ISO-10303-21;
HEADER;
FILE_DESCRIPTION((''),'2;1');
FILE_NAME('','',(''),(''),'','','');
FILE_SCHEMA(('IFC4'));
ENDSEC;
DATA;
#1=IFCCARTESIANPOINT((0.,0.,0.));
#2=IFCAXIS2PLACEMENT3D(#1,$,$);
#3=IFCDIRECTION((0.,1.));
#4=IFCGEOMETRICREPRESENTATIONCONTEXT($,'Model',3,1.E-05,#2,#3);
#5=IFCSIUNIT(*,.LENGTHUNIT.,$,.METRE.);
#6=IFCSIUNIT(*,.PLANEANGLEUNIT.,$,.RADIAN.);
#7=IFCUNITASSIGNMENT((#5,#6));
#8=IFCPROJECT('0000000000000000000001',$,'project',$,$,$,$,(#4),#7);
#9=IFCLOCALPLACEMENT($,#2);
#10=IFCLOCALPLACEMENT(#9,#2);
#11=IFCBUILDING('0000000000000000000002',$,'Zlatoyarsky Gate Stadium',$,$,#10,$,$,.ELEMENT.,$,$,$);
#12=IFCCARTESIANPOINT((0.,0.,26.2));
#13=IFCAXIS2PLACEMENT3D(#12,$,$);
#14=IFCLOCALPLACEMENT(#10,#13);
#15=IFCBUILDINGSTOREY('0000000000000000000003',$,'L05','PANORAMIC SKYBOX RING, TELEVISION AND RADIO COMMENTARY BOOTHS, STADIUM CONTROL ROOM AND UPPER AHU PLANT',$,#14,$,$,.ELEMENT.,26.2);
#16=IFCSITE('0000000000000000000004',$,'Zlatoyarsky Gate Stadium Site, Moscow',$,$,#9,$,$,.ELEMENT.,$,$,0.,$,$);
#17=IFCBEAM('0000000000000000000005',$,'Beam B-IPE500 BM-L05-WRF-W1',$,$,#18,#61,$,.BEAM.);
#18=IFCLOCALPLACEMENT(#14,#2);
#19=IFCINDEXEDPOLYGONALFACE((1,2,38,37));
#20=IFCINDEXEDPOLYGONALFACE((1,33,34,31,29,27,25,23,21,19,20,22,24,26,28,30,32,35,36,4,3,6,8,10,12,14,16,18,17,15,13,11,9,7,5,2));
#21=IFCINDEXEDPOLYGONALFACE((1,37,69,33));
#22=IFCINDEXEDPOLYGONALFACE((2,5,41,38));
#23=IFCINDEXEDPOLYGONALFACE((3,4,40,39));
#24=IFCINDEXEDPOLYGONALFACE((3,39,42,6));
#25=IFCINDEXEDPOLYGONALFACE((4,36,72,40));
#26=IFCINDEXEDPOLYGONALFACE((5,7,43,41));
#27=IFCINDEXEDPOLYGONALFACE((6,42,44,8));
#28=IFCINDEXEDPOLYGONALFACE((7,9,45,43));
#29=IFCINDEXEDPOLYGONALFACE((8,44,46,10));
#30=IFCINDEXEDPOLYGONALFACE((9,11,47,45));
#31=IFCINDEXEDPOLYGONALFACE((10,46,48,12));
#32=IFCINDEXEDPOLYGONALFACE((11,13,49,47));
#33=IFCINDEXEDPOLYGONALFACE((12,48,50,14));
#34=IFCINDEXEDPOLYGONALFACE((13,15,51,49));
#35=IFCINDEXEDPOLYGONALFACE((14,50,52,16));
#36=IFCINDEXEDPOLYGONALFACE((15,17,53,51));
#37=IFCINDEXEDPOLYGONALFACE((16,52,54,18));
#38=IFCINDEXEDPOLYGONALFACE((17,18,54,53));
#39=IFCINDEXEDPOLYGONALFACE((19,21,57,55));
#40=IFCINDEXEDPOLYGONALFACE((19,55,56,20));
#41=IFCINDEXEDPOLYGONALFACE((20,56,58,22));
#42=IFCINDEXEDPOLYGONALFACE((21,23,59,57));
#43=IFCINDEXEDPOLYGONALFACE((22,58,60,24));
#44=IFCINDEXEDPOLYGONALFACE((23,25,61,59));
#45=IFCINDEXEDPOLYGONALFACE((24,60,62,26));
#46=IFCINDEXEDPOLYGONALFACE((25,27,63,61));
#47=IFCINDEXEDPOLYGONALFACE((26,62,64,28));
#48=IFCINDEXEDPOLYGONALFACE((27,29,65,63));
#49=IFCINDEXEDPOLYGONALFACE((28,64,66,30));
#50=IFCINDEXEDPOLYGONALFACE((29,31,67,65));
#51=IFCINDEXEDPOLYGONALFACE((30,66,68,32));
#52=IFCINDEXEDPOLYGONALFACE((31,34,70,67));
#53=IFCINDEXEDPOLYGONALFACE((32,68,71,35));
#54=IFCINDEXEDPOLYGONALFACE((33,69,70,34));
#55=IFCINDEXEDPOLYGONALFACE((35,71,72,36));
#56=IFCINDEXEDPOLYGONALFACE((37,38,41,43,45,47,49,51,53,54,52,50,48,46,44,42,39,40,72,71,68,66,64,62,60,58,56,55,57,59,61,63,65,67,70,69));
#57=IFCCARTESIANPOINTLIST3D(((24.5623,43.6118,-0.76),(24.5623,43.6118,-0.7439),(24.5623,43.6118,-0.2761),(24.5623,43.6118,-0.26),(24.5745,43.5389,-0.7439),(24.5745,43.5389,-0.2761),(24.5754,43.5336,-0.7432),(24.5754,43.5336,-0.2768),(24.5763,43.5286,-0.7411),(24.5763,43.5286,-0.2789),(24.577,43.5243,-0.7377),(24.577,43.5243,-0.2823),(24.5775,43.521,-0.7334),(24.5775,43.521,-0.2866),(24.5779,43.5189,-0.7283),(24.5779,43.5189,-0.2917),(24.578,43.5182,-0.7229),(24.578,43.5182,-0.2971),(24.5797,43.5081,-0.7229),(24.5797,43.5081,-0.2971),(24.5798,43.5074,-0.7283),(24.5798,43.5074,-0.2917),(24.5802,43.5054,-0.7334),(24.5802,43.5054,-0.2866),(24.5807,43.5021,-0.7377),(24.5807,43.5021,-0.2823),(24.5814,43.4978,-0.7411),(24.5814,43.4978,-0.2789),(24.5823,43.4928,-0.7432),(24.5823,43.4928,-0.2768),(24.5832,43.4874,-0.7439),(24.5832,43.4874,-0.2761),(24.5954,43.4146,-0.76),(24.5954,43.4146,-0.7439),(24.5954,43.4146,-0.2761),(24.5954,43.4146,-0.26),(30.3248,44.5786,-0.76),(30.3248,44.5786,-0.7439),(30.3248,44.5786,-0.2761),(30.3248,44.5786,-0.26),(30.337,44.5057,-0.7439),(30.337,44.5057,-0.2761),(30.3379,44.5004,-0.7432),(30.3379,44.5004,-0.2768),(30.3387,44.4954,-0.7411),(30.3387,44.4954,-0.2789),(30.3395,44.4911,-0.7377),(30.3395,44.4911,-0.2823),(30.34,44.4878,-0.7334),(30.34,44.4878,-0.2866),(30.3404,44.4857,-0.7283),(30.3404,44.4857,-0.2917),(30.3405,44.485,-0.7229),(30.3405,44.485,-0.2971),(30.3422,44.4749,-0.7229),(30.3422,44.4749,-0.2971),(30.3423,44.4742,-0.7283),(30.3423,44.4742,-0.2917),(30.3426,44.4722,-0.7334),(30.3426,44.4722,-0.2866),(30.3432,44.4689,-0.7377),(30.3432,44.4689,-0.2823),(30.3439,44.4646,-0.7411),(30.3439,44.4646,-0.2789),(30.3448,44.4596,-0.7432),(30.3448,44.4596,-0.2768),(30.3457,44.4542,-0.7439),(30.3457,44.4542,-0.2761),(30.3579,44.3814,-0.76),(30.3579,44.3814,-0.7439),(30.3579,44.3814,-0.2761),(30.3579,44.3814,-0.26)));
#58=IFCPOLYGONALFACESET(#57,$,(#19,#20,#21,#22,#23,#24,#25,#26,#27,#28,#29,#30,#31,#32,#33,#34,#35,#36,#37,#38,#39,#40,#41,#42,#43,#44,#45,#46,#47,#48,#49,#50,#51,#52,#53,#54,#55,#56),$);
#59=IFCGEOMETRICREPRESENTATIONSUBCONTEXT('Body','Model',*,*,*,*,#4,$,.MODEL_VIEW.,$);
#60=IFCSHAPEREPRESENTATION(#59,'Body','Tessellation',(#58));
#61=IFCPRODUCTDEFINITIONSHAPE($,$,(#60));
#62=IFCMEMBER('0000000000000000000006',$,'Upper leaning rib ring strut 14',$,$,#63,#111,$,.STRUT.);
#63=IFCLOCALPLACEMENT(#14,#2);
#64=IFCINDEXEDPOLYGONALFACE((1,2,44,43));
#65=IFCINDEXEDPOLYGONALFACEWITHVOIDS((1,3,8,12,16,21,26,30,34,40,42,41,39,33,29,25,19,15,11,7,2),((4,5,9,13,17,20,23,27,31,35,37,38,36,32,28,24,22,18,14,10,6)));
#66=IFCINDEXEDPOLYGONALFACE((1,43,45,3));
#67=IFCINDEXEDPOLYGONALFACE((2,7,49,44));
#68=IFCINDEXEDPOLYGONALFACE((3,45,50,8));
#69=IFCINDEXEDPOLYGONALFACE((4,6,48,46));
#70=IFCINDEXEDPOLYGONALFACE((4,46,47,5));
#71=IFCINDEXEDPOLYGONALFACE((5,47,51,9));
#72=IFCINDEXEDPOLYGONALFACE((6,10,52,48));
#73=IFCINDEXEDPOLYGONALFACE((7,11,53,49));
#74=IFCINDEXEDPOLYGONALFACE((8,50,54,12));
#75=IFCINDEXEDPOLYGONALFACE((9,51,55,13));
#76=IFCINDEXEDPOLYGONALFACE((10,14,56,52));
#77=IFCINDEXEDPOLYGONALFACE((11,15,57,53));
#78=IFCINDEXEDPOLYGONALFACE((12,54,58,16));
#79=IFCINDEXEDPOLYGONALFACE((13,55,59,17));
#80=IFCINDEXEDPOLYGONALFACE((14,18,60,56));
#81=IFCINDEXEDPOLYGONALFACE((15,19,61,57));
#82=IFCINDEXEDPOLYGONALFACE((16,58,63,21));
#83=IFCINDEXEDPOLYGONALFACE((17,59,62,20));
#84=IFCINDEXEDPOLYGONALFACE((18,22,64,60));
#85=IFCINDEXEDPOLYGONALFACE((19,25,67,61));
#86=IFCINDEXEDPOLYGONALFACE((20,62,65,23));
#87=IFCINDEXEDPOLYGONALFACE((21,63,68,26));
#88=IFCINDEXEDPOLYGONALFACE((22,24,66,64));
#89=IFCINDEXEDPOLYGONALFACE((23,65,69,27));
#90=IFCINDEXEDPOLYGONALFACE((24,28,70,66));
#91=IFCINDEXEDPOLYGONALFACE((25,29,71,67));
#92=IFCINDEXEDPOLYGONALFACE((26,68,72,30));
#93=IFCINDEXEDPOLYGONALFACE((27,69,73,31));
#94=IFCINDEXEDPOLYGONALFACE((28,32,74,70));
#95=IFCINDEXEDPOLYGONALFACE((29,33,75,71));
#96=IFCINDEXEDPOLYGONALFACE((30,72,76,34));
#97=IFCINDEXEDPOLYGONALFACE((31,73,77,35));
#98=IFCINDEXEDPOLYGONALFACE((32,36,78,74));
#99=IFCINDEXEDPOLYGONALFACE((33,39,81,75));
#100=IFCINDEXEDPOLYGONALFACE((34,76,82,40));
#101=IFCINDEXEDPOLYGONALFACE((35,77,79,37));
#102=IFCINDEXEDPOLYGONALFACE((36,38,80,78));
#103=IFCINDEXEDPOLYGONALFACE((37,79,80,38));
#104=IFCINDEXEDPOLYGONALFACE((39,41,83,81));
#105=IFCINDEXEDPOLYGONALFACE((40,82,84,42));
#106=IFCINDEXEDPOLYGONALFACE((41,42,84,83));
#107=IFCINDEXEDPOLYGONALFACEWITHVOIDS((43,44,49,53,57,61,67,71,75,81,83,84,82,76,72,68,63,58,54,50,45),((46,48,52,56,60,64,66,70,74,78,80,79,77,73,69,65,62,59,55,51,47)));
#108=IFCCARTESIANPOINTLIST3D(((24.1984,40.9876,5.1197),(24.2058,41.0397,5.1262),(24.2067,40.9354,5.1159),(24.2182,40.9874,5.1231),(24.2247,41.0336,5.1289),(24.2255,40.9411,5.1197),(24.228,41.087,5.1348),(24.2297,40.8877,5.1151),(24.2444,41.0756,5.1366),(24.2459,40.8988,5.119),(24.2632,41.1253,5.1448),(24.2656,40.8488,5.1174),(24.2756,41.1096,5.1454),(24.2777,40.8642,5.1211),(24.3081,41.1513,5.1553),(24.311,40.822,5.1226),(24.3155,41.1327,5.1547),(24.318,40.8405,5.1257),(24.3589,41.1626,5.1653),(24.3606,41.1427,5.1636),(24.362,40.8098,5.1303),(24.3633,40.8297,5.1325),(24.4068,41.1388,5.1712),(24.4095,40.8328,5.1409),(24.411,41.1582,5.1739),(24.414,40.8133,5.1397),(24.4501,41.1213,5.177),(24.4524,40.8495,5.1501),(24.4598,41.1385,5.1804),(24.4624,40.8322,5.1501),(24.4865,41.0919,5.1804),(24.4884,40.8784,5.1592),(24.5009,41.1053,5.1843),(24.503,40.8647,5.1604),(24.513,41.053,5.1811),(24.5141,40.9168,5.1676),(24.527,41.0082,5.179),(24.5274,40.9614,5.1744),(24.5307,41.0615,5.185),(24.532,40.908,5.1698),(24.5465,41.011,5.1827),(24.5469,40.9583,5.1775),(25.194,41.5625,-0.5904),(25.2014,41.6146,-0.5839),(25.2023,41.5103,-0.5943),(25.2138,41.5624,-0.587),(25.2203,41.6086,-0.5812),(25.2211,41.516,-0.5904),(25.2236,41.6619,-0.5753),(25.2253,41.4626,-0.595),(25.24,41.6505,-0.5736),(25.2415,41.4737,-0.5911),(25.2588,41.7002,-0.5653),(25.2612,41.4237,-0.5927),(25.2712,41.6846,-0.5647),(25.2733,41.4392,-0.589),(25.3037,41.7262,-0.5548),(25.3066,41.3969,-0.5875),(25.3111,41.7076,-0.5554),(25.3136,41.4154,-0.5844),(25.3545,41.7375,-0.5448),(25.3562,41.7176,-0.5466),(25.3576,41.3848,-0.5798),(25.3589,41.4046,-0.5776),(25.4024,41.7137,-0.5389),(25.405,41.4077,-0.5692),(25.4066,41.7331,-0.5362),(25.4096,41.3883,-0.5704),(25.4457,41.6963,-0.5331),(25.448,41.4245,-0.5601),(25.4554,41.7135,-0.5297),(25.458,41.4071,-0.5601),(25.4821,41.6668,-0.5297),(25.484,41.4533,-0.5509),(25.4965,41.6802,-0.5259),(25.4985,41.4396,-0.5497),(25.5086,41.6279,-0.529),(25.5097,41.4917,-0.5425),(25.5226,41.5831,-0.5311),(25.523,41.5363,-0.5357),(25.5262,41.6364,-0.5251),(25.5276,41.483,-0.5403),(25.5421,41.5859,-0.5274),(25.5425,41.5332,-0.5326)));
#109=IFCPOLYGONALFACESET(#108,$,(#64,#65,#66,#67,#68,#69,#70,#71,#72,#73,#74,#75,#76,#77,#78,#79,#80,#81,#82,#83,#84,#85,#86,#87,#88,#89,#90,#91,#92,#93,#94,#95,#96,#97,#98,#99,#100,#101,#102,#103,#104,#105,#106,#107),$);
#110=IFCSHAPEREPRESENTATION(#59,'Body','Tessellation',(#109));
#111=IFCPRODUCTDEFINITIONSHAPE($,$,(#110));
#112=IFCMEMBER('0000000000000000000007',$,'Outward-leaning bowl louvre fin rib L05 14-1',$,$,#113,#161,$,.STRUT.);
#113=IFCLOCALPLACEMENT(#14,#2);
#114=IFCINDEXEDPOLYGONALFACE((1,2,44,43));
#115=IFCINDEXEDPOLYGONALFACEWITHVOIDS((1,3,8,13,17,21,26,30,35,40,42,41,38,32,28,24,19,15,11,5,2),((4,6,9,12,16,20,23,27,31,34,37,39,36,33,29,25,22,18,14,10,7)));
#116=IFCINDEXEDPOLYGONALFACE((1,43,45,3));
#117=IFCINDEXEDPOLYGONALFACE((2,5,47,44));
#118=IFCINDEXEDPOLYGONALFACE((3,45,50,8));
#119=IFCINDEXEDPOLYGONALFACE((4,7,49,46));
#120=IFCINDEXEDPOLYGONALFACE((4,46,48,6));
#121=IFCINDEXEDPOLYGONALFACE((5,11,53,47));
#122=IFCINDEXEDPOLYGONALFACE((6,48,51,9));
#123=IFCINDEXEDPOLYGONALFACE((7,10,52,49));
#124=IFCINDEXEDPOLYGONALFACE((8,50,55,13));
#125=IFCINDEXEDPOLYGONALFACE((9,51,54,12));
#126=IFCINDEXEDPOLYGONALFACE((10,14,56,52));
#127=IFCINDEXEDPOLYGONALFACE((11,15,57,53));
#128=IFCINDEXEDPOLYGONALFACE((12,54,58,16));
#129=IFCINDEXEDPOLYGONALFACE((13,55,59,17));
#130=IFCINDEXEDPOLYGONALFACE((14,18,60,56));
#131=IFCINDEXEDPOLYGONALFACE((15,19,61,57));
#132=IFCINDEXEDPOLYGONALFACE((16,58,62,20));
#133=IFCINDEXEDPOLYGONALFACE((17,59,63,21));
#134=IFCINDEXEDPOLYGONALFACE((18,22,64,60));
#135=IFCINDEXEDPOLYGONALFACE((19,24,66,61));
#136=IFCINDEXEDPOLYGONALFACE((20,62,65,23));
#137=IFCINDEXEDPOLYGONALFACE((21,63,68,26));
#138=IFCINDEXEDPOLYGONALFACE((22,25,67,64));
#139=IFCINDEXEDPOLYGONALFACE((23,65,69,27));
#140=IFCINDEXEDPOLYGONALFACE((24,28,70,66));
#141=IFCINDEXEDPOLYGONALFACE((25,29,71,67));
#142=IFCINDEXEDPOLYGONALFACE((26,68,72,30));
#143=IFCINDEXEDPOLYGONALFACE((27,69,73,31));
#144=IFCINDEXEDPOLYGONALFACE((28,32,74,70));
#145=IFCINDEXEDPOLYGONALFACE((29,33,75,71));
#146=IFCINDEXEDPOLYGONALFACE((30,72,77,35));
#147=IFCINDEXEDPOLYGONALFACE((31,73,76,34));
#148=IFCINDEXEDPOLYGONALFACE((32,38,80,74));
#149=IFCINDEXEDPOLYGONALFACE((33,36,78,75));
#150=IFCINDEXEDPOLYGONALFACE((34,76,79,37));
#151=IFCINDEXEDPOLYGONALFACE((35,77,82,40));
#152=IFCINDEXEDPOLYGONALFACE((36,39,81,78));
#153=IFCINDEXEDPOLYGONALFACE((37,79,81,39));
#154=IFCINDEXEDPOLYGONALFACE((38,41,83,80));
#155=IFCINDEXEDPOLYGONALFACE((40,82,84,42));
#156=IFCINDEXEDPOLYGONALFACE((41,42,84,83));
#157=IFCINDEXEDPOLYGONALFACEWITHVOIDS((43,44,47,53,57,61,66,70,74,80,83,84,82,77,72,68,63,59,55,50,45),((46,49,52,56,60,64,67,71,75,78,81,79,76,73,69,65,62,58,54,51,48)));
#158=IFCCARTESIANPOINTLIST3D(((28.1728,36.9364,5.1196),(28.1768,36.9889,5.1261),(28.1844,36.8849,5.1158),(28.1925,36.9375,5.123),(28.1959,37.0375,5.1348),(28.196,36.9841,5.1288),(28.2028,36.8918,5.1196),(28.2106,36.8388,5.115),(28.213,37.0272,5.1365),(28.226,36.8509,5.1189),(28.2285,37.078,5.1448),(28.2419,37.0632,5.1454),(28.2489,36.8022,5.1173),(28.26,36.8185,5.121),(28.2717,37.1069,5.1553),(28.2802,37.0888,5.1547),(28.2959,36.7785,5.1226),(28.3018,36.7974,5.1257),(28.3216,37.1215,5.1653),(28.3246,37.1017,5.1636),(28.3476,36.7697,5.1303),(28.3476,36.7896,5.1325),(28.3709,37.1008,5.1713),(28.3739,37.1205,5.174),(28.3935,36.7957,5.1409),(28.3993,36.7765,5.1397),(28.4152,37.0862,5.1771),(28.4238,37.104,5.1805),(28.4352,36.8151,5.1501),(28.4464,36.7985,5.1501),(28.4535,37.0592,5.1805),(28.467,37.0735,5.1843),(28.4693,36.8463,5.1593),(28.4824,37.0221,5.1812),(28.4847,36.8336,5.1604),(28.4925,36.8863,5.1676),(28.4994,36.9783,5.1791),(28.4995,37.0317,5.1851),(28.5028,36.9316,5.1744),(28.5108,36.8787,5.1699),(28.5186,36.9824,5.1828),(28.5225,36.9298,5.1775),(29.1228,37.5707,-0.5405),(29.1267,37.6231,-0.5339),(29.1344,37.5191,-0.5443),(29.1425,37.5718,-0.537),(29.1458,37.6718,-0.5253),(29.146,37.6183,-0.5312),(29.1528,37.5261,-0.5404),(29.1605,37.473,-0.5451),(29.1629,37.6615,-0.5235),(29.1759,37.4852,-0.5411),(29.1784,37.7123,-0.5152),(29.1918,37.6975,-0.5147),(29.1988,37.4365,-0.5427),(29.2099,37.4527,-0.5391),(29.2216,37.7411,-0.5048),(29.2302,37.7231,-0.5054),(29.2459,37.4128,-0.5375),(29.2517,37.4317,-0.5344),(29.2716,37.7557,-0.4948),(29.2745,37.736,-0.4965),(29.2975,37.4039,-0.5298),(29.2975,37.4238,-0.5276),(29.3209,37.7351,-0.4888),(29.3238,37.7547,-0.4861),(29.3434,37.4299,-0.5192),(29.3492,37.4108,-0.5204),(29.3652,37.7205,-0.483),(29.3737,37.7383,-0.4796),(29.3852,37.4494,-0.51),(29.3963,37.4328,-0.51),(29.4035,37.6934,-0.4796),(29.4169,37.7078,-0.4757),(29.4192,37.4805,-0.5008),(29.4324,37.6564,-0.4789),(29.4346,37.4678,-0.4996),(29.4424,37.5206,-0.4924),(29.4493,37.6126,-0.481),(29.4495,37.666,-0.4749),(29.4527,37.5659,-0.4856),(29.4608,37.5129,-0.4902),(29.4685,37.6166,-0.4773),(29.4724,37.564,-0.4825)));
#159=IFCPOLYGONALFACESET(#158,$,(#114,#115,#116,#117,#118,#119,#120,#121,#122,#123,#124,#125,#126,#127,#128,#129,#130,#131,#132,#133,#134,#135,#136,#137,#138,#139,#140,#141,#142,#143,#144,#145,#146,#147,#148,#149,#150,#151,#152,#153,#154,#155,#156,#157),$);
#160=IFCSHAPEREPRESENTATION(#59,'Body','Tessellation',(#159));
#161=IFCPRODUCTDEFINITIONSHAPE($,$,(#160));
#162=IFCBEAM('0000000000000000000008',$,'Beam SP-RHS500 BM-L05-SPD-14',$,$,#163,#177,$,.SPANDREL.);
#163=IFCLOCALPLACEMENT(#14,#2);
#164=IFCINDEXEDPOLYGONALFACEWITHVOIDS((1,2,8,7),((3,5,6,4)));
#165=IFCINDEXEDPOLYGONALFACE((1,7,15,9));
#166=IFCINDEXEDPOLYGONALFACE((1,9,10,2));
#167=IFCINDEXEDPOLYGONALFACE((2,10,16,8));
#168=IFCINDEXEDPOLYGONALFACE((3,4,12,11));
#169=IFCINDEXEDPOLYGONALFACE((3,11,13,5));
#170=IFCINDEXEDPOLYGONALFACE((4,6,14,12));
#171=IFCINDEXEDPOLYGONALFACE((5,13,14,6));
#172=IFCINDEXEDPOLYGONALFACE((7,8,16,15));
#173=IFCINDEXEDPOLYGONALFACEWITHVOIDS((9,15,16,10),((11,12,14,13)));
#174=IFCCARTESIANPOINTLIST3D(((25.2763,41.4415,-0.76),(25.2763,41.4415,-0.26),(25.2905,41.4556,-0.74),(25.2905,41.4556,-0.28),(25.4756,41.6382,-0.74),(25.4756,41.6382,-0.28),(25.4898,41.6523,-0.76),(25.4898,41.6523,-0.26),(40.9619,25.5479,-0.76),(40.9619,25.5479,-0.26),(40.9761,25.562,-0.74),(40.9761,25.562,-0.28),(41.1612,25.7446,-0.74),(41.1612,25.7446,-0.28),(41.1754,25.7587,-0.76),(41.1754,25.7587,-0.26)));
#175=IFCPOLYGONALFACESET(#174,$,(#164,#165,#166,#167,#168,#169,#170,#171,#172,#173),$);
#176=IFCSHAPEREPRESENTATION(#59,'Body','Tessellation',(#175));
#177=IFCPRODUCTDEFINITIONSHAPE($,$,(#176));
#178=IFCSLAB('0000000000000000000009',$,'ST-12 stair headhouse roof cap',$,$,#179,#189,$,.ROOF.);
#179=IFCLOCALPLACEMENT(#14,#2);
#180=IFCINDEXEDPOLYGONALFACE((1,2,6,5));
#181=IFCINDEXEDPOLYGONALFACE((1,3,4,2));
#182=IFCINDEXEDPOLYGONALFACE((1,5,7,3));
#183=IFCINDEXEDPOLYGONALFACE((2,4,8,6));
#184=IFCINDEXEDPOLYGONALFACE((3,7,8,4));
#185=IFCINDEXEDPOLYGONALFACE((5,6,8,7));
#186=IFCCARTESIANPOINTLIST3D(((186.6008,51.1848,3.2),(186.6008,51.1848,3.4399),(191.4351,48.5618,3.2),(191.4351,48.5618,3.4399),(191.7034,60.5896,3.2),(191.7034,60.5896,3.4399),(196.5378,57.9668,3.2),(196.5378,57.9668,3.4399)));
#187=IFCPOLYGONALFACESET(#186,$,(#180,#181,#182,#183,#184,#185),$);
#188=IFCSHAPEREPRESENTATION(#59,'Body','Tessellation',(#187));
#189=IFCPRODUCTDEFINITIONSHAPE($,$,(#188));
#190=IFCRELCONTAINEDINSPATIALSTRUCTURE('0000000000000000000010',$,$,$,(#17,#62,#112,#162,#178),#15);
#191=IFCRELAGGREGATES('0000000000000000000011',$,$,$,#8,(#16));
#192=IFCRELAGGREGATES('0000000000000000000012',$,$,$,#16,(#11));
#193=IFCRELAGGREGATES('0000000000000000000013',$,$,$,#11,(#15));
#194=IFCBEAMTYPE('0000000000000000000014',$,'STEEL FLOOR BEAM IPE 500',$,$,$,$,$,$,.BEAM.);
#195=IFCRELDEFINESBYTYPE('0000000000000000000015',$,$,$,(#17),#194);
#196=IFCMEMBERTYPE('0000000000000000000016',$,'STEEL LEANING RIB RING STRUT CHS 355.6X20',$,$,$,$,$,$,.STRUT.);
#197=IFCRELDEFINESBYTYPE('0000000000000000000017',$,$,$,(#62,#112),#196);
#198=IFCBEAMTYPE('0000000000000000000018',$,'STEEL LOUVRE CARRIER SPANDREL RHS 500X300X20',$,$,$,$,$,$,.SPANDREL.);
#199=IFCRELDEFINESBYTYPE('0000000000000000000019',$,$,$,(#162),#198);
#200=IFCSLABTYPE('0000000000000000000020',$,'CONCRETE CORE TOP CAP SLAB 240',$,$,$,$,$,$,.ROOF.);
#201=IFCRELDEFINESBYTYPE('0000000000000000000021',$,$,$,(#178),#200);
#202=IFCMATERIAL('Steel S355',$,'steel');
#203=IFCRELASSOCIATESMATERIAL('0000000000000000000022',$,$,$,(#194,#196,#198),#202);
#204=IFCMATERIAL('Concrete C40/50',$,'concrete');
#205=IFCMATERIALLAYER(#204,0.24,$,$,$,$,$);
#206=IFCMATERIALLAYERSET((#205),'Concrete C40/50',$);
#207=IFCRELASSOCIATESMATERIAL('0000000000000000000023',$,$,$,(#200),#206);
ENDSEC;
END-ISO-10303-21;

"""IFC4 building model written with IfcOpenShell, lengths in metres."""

from ifc_helpers import new_model, si_unit, direction, frame, origin, origin_2d, place, context, subcontext, project, spatial, polyline, hollow_rectangle, hollow_circle, i_section, outline, extrude, material, layer, layer_set, material_profile, profile_set, type_object, element, save


model = new_model("IFC4")

# Units and contexts
model_context = context("Model", 3, precision=1e-05, world=origin(), true_north=direction((0.0, 1.0)))
body_context = subcontext(model_context, "Body", "Model", "MODEL_VIEW")
ifc_project = project(units=[si_unit("LENGTHUNIT", "METRE"), si_unit("PLANEANGLEUNIT", "RADIAN")], contexts=[model_context])

# Site, building, storey
site_placement = place(None, origin())
site = spatial("IfcSite", under=ifc_project, at=site_placement, Name="Zlatoyarsky Gate Stadium Site, Moscow", CompositionType="ELEMENT", RefElevation=0.0)
building_placement = place(site_placement, origin())
building = spatial("IfcBuilding", under=site, at=building_placement, Name="Zlatoyarsky Gate Stadium", CompositionType="ELEMENT")
storey_placement = place(building_placement, frame((0.0, 0.0, 26.2)))
storey = spatial("IfcBuildingStorey", under=building, at=storey_placement, Name="L05", Description="PANORAMIC SKYBOX RING, TELEVISION AND RADIO COMMENTARY BOOTHS, STADIUM CONTROL ROOM AND UPPER AHU PLANT", CompositionType="ELEMENT", Elevation=26.2)

# Beam
ifc_material_1 = material(Name="Steel S355", Category="steel")
ifc_material_profile_1 = material_profile(ifc_material_1, i_section(OverallWidth=0.2, OverallDepth=0.5, WebThickness=0.0103, FlangeThickness=0.0161, FilletRadius=0.021, at=origin_2d()), Name="IPE 500")
ifc_profile_set_1 = profile_set([ifc_material_profile_1], Name="Steel S355")
beam_type_1 = type_object("IfcBeamType", Name="STEEL FLOOR BEAM IPE 500", PredefinedType="BEAM", material=ifc_profile_set_1)
beam_1_placement = place(storey_placement, frame((24.5789, 43.5132, -0.51), z_axis=(0.986216, 0.165463, 0.0), x_axis=(-0.165463, 0.986216, 0.0)))
element("IfcBeam", 1, at=beam_1_placement, inside=storey, type_object=beam_type_1, Name="Beam B-IPE500 BM-L05-WRF-W1", PredefinedType="BEAM", context=body_context, shape_type="SweptSolid", body=[
    extrude(i_section(OverallWidth=0.2, OverallDepth=0.5, WebThickness=0.0103, FlangeThickness=0.0161, FilletRadius=0.021, at=origin_2d()), origin(), (0.0, 0.0, 1.0), 5.843),
])

# Members
ifc_material_profile_2 = material_profile(ifc_material_1, hollow_circle(Radius=0.1777, WallThickness=0.02, at=origin_2d()), Name="CHS 355.6X20")
ifc_profile_set_2 = profile_set([ifc_material_profile_2], Name="Steel S355")
member_type_1 = type_object("IfcMemberType", Name="STEEL LEANING RIB RING STRUT CHS 355.6X20", PredefinedType="STRUT", material=ifc_profile_set_2)
member_1_placement = place(storey_placement, frame((25.3691, 41.561, -0.5601), z_axis=(-0.170925, -0.098708, 0.980327), x_axis=(0.50009, -0.865973, 0.0)))
element("IfcMember", 2, at=member_1_placement, inside=storey, type_object=member_type_1, Name="Upper leaning rib ring strut 14", PredefinedType="STRUT", context=body_context, shape_type="SweptSolid", body=[
    extrude(hollow_circle(Radius=0.1777, WallThickness=0.02, at=origin_2d()), origin(), (0.0, 0.0, 1.0), 5.8247),
])
member_2_placement = place(storey_placement, frame((29.2976, 37.5806, -0.51), z_axis=(-0.164515, -0.109846, 0.980239), x_axis=(0.555292, -0.831655, 0.0)))
element("IfcMember", 3, at=member_2_placement, inside=storey, type_object=member_type_1, Name="Outward-leaning bowl louvre fin rib L05 14-1", PredefinedType="STRUT", context=body_context, shape_type="SweptSolid", body=[
    extrude(hollow_circle(Radius=0.1777, WallThickness=0.02, at=origin_2d()), origin(), (0.0, 0.0, 1.0), 5.7742),
])

# Beam
ifc_material_profile_3 = material_profile(ifc_material_1, hollow_rectangle(XDim=0.3, YDim=0.5, WallThickness=0.02, at=origin_2d()), Name="RHS 500X300X20")
ifc_profile_set_3 = profile_set([ifc_material_profile_3], Name="Steel S355")
beam_type_2 = type_object("IfcBeamType", Name="STEEL LOUVRE CARRIER SPANDREL RHS 500X300X20", PredefinedType="SPANDREL", material=ifc_profile_set_3)
beam_2_placement = place(storey_placement, frame((25.3831, 41.5469, -0.51), z_axis=(0.702434, -0.711749, 0.0), x_axis=(0.711749, 0.702434, 0.0)))
element("IfcBeam", 4, at=beam_2_placement, inside=storey, type_object=beam_type_2, Name="Beam SP-RHS500 BM-L05-SPD-14", PredefinedType="SPANDREL", context=body_context, shape_type="SweptSolid", body=[
    extrude(hollow_rectangle(XDim=0.3, YDim=0.5, WallThickness=0.02, at=origin_2d()), origin(), (0.0, 0.0, 1.0), 22.3303),
])

# Slab
ifc_material_2 = material(Name="Concrete C40/50", Category="concrete")
ifc_layer_1 = layer(ifc_material_2, 0.24)
ifc_layer_set_1 = layer_set([ifc_layer_1], Name="Concrete C40/50")
slab_type = type_object("IfcSlabType", Name="CONCRETE CORE TOP CAP SLAB 240", PredefinedType="ROOF", material=ifc_layer_set_1)
slab_1_placement = place(storey_placement, frame((0.0, 0.0, 3.2)))
element("IfcSlab", 5, at=slab_1_placement, inside=storey, type_object=slab_type, Name="ST-12 stair headhouse roof cap", PredefinedType="ROOF", context=body_context, shape_type="SweptSolid", body=[
    extrude(outline(polyline([(191.4351, 48.5618), (196.5378, 57.9668), (191.7034, 60.5896), (186.6008, 51.1848), (191.4351, 48.5618)])), origin(), (0.0, 0.0, 1.0), 0.24),
])

save(model, "model.ifc")
